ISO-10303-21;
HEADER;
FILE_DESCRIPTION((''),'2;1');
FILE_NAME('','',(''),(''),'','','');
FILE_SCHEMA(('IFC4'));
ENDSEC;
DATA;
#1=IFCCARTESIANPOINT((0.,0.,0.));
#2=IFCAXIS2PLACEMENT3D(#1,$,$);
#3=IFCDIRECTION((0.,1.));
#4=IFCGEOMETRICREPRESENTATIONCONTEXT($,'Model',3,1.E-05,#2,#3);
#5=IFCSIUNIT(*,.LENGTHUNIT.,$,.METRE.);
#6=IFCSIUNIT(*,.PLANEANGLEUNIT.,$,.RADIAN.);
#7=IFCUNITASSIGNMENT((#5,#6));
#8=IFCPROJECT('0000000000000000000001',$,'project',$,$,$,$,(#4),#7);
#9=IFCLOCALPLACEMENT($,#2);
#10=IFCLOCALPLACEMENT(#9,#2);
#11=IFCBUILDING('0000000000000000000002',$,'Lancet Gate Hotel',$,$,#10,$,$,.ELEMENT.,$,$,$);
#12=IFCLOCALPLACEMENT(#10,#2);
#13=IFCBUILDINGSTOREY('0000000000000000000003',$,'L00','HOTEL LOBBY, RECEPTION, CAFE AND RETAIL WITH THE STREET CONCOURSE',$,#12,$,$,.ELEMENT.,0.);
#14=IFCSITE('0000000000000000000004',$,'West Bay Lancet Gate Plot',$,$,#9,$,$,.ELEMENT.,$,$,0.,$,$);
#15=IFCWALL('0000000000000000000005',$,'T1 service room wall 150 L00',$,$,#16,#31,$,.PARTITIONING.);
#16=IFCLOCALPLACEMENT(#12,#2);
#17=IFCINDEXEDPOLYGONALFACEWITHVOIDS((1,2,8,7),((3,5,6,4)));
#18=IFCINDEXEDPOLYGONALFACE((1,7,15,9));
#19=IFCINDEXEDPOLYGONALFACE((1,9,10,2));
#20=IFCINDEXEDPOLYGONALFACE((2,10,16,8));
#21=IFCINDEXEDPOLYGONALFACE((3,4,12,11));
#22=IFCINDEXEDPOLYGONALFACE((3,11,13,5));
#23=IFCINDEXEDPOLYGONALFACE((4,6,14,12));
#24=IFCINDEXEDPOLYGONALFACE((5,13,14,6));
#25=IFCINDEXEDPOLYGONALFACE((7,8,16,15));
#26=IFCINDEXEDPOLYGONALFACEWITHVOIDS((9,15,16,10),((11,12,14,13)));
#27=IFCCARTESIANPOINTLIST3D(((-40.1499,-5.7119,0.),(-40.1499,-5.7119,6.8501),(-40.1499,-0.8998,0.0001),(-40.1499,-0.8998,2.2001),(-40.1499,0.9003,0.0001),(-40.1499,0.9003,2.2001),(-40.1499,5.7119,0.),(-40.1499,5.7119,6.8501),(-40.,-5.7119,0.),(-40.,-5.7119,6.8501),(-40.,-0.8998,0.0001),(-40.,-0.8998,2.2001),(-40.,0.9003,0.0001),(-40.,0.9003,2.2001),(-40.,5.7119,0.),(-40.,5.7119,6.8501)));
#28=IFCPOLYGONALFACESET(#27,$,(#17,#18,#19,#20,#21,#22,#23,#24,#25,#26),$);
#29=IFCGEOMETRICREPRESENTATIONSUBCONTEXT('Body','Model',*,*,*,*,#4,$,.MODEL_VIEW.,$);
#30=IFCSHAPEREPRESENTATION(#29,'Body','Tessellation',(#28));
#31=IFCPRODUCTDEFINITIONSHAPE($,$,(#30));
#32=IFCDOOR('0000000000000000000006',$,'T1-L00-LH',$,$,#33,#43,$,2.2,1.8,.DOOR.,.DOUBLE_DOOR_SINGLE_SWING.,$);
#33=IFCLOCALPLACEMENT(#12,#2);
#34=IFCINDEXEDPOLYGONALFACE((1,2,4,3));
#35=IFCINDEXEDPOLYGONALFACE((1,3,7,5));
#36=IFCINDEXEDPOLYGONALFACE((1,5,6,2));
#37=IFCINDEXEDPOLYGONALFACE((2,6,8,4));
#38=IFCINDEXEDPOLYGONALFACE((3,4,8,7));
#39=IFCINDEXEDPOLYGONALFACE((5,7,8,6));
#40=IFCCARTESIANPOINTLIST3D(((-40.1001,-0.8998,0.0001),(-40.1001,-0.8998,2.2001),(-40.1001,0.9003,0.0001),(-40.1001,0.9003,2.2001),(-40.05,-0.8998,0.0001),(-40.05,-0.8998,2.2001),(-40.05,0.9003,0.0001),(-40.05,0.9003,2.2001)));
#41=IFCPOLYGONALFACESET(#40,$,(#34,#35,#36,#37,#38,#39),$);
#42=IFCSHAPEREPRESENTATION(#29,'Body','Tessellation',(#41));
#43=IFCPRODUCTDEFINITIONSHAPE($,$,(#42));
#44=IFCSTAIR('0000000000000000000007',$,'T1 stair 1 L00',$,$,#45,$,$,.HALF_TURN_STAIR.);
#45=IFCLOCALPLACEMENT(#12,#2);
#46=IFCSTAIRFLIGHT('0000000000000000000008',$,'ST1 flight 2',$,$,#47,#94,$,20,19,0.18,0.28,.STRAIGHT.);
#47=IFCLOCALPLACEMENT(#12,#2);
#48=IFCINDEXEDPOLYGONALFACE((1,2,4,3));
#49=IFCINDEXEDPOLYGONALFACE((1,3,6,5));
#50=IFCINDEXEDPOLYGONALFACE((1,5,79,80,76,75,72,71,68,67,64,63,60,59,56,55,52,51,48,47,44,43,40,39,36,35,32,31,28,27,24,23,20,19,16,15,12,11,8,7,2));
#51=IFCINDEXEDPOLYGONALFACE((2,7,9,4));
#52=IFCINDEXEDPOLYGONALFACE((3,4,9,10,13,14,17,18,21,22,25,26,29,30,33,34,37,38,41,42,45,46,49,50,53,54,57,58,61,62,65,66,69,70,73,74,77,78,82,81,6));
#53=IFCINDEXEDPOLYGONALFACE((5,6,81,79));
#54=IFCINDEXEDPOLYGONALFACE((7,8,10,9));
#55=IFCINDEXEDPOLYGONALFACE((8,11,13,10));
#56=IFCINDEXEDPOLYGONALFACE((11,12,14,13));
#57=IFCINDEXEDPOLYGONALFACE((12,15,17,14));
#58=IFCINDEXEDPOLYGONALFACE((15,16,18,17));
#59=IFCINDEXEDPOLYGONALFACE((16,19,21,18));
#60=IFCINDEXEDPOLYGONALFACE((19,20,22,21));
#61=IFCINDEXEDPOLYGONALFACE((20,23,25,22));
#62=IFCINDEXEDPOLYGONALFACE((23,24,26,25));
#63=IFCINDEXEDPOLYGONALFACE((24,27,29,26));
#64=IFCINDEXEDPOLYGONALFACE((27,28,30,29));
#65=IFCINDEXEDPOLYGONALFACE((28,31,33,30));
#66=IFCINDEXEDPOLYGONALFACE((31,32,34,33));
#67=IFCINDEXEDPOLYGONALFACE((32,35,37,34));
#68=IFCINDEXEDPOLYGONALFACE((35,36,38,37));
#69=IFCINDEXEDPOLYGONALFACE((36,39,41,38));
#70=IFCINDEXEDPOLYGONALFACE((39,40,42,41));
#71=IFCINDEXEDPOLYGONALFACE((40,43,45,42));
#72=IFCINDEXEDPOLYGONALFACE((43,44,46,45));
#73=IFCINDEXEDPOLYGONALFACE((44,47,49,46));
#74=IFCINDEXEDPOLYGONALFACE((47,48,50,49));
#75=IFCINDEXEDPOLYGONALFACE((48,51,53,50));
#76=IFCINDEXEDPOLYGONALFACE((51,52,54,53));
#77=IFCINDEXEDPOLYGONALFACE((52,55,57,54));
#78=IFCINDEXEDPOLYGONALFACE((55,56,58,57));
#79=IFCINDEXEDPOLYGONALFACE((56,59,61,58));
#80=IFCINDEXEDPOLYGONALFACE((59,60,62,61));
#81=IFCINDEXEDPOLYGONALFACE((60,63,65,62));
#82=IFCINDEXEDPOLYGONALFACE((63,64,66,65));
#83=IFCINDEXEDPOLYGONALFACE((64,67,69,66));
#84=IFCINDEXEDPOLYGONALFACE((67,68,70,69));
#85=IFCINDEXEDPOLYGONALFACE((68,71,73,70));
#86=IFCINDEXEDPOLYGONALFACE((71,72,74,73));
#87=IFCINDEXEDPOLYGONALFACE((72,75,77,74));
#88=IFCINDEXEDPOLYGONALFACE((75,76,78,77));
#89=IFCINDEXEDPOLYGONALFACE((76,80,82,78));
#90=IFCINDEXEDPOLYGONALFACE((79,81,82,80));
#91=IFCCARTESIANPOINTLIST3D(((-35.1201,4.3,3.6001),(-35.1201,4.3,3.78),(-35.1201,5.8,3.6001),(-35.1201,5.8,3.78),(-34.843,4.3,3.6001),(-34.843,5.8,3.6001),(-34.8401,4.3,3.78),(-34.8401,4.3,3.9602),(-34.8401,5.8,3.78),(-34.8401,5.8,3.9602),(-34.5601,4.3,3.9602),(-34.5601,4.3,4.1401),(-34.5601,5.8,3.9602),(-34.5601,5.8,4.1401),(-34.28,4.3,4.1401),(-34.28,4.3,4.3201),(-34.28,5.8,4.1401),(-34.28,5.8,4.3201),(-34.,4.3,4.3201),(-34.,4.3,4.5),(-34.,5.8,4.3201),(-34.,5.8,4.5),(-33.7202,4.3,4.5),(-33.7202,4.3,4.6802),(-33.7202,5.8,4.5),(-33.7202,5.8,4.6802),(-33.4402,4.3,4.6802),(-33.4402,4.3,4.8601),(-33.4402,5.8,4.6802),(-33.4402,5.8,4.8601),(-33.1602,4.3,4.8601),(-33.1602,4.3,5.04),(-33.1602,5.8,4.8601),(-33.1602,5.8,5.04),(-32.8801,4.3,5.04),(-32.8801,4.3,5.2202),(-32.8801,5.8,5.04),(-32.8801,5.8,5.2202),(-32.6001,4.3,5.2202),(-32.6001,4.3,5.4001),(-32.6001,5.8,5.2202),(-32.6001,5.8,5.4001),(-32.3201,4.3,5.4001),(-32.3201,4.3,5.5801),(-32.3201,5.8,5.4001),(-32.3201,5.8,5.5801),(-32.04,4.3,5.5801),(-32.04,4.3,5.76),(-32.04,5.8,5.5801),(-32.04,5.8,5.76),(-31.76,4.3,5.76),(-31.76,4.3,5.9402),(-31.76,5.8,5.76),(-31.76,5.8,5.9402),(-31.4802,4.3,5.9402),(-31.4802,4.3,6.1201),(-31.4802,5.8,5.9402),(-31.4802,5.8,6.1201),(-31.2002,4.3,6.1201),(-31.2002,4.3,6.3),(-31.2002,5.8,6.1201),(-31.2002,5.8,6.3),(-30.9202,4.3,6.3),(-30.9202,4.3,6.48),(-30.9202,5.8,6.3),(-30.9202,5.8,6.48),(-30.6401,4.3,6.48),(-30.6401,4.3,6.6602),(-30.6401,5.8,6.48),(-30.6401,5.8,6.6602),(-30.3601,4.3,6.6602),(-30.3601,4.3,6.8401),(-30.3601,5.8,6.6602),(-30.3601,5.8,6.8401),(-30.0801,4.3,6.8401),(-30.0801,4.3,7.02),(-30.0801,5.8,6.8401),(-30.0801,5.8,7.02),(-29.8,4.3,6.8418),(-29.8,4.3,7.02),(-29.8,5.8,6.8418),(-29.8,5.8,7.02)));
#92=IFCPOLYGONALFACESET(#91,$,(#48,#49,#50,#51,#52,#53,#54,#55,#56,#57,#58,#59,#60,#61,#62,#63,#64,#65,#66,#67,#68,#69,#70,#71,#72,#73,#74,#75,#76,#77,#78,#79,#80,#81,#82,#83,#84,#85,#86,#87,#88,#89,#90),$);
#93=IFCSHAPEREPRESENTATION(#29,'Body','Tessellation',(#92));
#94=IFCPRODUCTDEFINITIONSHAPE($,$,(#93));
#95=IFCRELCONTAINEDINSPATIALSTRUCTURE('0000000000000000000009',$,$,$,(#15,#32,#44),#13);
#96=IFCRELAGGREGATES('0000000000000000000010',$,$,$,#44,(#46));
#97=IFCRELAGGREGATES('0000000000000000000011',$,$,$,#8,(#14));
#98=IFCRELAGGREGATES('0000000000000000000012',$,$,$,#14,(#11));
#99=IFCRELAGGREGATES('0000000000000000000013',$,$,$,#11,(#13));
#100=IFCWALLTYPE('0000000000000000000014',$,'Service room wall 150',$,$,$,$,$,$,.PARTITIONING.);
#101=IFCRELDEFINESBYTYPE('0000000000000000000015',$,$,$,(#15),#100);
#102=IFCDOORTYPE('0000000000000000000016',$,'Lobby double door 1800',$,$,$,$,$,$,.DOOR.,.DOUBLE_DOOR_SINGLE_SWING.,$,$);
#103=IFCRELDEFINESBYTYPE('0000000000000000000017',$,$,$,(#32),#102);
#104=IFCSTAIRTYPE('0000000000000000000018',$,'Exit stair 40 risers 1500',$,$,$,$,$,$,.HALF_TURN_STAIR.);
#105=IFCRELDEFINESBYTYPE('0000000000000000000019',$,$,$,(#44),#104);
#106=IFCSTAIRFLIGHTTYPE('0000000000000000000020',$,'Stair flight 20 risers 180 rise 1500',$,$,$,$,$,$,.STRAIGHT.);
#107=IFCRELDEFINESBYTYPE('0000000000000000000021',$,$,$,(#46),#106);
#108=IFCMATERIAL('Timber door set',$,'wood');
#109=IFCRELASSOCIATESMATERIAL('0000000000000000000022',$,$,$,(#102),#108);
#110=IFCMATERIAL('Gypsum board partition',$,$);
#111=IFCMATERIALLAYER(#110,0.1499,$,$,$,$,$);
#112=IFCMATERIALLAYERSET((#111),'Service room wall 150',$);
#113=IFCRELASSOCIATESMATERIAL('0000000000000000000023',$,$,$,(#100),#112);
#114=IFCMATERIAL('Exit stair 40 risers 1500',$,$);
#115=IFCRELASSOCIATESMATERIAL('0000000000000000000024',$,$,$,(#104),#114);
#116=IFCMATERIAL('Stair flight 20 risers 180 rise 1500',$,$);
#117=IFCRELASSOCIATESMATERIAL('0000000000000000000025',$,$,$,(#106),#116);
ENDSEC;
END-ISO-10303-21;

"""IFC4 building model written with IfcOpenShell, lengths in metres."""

from ifc_helpers import new_model, si_unit, direction, frame, frame_2d, origin, place, context, subcontext, project, spatial, polyline, rectangle, outline, extrude, material, layer, layer_set, type_object, element, fill, aggregate, save


model = new_model("IFC4")

# Units and contexts
model_context = context("Model", 3, precision=1e-05, world=origin(), true_north=direction((0.0, 1.0)))
body_context = subcontext(model_context, "Body", "Model", "MODEL_VIEW")
ifc_project = project(units=[si_unit("LENGTHUNIT", "METRE"), si_unit("PLANEANGLEUNIT", "RADIAN")], contexts=[model_context])

# Site, building, storey
site_placement = place(None, origin())
site = spatial("IfcSite", under=ifc_project, at=site_placement, Name="West Bay Lancet Gate Plot", CompositionType="ELEMENT", RefElevation=0.0)
building_placement = place(site_placement, origin())
building = spatial("IfcBuilding", under=site, at=building_placement, Name="Lancet Gate Hotel", CompositionType="ELEMENT")
storey_placement = place(building_placement, origin())
storey = spatial("IfcBuildingStorey", under=building, at=storey_placement, Name="L00", Description="HOTEL LOBBY, RECEPTION, CAFE AND RETAIL WITH THE STREET CONCOURSE", CompositionType="ELEMENT", Elevation=0.0)

# Shared definitions
ifc_material_1 = material(Name="Timber door set", Category="wood")
door_type_1 = type_object("IfcDoorType", Name="Lobby double door 1800", OperationType="DOUBLE_DOOR_SINGLE_SWING", PredefinedType="DOOR", material=ifc_material_1)

# Wall, opening, door
ifc_material_2 = material(Name="Gypsum board partition")
ifc_layer_1 = layer(ifc_material_2, 0.1499)
ifc_layer_set_1 = layer_set([ifc_layer_1], Name="Service room wall 150")
wall_type_1 = type_object("IfcWallType", Name="Service room wall 150", PredefinedType="PARTITIONING", material=ifc_layer_set_1)
wall_1_placement = place(storey_placement, frame((-40.075, 5.7119, 0.0), z_axis=(0.0, 0.0, 1.0), x_axis=(0.0, -1.0, 0.0)))
wall_1 = element("IfcWall", 1, at=wall_1_placement, inside=storey, type_object=wall_type_1, Name="T1 service room wall 150 L00", PredefinedType="PARTITIONING", context=body_context, shape_type="SweptSolid", body=[
    extrude(rectangle(XDim=11.4238, YDim=0.1499, at=frame_2d((5.7119, 0.0))), origin(), (0.0, 0.0, 1.0), 6.8501),
])
opening_1_placement = place(wall_1_placement, frame((4.8118, 0.0, 0.0)))
opening_1 = element("IfcOpeningElement", 2, at=opening_1_placement, cuts=wall_1, PredefinedType="OPENING", context=body_context, shape_type="SweptSolid", body=[
    extrude(rectangle(XDim=1.8, YDim=2.2, at=frame_2d((0.8999, 1.1001))), frame((0.0, 0.085, 0.0), z_axis=(0.0, -1.0, 0.0), x_axis=(1.0, 0.0, 0.0)), (0.0, 0.0, 1.0), 0.1699),
])
door_1_placement = place(opening_1_placement, origin())
door_1 = element("IfcDoor", 3, at=door_1_placement, inside=storey, type_object=door_type_1, Name="T1-L00-LH", OperationType="DOUBLE_DOOR_SINGLE_SWING", OverallHeight=2.2, OverallWidth=1.8, PredefinedType="DOOR", context=body_context, shape_type="SweptSolid", body=[
    extrude(rectangle(XDim=1.8, YDim=2.2, at=frame_2d((0.8999, 1.1001))), frame((0.0, 0.0249, 0.0), z_axis=(0.0, -1.0, 0.0), x_axis=(1.0, 0.0, 0.0)), (0.0, 0.0, 1.0), 0.05),
])
fill(opening_1, door_1)

# Stair, stair flight
ifc_material_3 = material(Name="Exit stair 40 risers 1500")
stair_type = type_object("IfcStairType", Name="Exit stair 40 risers 1500", PredefinedType="HALF_TURN_STAIR", material=ifc_material_3)
stair_placement = place(storey_placement, origin())
stair = element("IfcStair", 4, at=stair_placement, inside=storey, type_object=stair_type, Name="T1 stair 1 L00", PredefinedType="HALF_TURN_STAIR")
ifc_material_4 = material(Name="Stair flight 20 risers 180 rise 1500")
stair_flight_type = type_object("IfcStairFlightType", Name="Stair flight 20 risers 180 rise 1500", PredefinedType="STRAIGHT", material=ifc_material_4)
stair_flight_placement = place(storey_placement, frame((-35.1201, 5.05, 3.6001), z_axis=(0.0, 0.0, 1.0), x_axis=(1.0, 0.0, 0.0)))
stair_flight = element("IfcStairFlight", 5, at=stair_flight_placement, type_object=stair_flight_type, Name="ST1 flight 2", NumberOfRisers=20, NumberOfTreads=19, PredefinedType="STRAIGHT", RiserHeight=0.18, TreadLength=0.28, context=body_context, shape_type="SweptSolid", body=[
    extrude(outline(polyline([(0.0, 0.0), (0.0, 0.1799), (0.28, 0.1799), (0.28, 0.3601), (0.5601, 0.3601), (0.5601, 0.54), (0.8401, 0.54), (0.8401, 0.72), (1.1201, 0.72), (1.1201, 0.8999), (1.3999, 0.8999), (1.3999, 1.0801), (1.6799, 1.0801), (1.6799, 1.26), (1.96, 1.26), (1.96, 1.4399), (2.24, 1.4399), (2.24, 1.6201), (2.52, 1.6201), (2.52, 1.8), (2.8, 1.8), (2.8, 1.98), (3.0801, 1.98), (3.0801, 2.1599), (3.3601, 2.1599), (3.3601, 2.3401), (3.6399, 2.3401), (3.6399, 2.52), (3.9199, 2.52), (3.9199, 2.7), (4.2, 2.7), (4.2, 2.8799), (4.48, 2.8799), (4.48, 3.0601), (4.76, 3.0601), (4.76, 3.24), (5.04, 3.24), (5.04, 3.4199), (5.3201, 3.4199), (5.3201, 3.6001), (5.3201, 3.2417), (0.2771, 0.0), (0.0, 0.0)])), frame((0.0, 0.75, 0.0), z_axis=(0.0, -1.0, 0.0), x_axis=(1.0, 0.0, 0.0)), (0.0, 0.0, 1.0), 1.5),
])
aggregate(stair, [stair_flight])

save(model, "model.ifc")
